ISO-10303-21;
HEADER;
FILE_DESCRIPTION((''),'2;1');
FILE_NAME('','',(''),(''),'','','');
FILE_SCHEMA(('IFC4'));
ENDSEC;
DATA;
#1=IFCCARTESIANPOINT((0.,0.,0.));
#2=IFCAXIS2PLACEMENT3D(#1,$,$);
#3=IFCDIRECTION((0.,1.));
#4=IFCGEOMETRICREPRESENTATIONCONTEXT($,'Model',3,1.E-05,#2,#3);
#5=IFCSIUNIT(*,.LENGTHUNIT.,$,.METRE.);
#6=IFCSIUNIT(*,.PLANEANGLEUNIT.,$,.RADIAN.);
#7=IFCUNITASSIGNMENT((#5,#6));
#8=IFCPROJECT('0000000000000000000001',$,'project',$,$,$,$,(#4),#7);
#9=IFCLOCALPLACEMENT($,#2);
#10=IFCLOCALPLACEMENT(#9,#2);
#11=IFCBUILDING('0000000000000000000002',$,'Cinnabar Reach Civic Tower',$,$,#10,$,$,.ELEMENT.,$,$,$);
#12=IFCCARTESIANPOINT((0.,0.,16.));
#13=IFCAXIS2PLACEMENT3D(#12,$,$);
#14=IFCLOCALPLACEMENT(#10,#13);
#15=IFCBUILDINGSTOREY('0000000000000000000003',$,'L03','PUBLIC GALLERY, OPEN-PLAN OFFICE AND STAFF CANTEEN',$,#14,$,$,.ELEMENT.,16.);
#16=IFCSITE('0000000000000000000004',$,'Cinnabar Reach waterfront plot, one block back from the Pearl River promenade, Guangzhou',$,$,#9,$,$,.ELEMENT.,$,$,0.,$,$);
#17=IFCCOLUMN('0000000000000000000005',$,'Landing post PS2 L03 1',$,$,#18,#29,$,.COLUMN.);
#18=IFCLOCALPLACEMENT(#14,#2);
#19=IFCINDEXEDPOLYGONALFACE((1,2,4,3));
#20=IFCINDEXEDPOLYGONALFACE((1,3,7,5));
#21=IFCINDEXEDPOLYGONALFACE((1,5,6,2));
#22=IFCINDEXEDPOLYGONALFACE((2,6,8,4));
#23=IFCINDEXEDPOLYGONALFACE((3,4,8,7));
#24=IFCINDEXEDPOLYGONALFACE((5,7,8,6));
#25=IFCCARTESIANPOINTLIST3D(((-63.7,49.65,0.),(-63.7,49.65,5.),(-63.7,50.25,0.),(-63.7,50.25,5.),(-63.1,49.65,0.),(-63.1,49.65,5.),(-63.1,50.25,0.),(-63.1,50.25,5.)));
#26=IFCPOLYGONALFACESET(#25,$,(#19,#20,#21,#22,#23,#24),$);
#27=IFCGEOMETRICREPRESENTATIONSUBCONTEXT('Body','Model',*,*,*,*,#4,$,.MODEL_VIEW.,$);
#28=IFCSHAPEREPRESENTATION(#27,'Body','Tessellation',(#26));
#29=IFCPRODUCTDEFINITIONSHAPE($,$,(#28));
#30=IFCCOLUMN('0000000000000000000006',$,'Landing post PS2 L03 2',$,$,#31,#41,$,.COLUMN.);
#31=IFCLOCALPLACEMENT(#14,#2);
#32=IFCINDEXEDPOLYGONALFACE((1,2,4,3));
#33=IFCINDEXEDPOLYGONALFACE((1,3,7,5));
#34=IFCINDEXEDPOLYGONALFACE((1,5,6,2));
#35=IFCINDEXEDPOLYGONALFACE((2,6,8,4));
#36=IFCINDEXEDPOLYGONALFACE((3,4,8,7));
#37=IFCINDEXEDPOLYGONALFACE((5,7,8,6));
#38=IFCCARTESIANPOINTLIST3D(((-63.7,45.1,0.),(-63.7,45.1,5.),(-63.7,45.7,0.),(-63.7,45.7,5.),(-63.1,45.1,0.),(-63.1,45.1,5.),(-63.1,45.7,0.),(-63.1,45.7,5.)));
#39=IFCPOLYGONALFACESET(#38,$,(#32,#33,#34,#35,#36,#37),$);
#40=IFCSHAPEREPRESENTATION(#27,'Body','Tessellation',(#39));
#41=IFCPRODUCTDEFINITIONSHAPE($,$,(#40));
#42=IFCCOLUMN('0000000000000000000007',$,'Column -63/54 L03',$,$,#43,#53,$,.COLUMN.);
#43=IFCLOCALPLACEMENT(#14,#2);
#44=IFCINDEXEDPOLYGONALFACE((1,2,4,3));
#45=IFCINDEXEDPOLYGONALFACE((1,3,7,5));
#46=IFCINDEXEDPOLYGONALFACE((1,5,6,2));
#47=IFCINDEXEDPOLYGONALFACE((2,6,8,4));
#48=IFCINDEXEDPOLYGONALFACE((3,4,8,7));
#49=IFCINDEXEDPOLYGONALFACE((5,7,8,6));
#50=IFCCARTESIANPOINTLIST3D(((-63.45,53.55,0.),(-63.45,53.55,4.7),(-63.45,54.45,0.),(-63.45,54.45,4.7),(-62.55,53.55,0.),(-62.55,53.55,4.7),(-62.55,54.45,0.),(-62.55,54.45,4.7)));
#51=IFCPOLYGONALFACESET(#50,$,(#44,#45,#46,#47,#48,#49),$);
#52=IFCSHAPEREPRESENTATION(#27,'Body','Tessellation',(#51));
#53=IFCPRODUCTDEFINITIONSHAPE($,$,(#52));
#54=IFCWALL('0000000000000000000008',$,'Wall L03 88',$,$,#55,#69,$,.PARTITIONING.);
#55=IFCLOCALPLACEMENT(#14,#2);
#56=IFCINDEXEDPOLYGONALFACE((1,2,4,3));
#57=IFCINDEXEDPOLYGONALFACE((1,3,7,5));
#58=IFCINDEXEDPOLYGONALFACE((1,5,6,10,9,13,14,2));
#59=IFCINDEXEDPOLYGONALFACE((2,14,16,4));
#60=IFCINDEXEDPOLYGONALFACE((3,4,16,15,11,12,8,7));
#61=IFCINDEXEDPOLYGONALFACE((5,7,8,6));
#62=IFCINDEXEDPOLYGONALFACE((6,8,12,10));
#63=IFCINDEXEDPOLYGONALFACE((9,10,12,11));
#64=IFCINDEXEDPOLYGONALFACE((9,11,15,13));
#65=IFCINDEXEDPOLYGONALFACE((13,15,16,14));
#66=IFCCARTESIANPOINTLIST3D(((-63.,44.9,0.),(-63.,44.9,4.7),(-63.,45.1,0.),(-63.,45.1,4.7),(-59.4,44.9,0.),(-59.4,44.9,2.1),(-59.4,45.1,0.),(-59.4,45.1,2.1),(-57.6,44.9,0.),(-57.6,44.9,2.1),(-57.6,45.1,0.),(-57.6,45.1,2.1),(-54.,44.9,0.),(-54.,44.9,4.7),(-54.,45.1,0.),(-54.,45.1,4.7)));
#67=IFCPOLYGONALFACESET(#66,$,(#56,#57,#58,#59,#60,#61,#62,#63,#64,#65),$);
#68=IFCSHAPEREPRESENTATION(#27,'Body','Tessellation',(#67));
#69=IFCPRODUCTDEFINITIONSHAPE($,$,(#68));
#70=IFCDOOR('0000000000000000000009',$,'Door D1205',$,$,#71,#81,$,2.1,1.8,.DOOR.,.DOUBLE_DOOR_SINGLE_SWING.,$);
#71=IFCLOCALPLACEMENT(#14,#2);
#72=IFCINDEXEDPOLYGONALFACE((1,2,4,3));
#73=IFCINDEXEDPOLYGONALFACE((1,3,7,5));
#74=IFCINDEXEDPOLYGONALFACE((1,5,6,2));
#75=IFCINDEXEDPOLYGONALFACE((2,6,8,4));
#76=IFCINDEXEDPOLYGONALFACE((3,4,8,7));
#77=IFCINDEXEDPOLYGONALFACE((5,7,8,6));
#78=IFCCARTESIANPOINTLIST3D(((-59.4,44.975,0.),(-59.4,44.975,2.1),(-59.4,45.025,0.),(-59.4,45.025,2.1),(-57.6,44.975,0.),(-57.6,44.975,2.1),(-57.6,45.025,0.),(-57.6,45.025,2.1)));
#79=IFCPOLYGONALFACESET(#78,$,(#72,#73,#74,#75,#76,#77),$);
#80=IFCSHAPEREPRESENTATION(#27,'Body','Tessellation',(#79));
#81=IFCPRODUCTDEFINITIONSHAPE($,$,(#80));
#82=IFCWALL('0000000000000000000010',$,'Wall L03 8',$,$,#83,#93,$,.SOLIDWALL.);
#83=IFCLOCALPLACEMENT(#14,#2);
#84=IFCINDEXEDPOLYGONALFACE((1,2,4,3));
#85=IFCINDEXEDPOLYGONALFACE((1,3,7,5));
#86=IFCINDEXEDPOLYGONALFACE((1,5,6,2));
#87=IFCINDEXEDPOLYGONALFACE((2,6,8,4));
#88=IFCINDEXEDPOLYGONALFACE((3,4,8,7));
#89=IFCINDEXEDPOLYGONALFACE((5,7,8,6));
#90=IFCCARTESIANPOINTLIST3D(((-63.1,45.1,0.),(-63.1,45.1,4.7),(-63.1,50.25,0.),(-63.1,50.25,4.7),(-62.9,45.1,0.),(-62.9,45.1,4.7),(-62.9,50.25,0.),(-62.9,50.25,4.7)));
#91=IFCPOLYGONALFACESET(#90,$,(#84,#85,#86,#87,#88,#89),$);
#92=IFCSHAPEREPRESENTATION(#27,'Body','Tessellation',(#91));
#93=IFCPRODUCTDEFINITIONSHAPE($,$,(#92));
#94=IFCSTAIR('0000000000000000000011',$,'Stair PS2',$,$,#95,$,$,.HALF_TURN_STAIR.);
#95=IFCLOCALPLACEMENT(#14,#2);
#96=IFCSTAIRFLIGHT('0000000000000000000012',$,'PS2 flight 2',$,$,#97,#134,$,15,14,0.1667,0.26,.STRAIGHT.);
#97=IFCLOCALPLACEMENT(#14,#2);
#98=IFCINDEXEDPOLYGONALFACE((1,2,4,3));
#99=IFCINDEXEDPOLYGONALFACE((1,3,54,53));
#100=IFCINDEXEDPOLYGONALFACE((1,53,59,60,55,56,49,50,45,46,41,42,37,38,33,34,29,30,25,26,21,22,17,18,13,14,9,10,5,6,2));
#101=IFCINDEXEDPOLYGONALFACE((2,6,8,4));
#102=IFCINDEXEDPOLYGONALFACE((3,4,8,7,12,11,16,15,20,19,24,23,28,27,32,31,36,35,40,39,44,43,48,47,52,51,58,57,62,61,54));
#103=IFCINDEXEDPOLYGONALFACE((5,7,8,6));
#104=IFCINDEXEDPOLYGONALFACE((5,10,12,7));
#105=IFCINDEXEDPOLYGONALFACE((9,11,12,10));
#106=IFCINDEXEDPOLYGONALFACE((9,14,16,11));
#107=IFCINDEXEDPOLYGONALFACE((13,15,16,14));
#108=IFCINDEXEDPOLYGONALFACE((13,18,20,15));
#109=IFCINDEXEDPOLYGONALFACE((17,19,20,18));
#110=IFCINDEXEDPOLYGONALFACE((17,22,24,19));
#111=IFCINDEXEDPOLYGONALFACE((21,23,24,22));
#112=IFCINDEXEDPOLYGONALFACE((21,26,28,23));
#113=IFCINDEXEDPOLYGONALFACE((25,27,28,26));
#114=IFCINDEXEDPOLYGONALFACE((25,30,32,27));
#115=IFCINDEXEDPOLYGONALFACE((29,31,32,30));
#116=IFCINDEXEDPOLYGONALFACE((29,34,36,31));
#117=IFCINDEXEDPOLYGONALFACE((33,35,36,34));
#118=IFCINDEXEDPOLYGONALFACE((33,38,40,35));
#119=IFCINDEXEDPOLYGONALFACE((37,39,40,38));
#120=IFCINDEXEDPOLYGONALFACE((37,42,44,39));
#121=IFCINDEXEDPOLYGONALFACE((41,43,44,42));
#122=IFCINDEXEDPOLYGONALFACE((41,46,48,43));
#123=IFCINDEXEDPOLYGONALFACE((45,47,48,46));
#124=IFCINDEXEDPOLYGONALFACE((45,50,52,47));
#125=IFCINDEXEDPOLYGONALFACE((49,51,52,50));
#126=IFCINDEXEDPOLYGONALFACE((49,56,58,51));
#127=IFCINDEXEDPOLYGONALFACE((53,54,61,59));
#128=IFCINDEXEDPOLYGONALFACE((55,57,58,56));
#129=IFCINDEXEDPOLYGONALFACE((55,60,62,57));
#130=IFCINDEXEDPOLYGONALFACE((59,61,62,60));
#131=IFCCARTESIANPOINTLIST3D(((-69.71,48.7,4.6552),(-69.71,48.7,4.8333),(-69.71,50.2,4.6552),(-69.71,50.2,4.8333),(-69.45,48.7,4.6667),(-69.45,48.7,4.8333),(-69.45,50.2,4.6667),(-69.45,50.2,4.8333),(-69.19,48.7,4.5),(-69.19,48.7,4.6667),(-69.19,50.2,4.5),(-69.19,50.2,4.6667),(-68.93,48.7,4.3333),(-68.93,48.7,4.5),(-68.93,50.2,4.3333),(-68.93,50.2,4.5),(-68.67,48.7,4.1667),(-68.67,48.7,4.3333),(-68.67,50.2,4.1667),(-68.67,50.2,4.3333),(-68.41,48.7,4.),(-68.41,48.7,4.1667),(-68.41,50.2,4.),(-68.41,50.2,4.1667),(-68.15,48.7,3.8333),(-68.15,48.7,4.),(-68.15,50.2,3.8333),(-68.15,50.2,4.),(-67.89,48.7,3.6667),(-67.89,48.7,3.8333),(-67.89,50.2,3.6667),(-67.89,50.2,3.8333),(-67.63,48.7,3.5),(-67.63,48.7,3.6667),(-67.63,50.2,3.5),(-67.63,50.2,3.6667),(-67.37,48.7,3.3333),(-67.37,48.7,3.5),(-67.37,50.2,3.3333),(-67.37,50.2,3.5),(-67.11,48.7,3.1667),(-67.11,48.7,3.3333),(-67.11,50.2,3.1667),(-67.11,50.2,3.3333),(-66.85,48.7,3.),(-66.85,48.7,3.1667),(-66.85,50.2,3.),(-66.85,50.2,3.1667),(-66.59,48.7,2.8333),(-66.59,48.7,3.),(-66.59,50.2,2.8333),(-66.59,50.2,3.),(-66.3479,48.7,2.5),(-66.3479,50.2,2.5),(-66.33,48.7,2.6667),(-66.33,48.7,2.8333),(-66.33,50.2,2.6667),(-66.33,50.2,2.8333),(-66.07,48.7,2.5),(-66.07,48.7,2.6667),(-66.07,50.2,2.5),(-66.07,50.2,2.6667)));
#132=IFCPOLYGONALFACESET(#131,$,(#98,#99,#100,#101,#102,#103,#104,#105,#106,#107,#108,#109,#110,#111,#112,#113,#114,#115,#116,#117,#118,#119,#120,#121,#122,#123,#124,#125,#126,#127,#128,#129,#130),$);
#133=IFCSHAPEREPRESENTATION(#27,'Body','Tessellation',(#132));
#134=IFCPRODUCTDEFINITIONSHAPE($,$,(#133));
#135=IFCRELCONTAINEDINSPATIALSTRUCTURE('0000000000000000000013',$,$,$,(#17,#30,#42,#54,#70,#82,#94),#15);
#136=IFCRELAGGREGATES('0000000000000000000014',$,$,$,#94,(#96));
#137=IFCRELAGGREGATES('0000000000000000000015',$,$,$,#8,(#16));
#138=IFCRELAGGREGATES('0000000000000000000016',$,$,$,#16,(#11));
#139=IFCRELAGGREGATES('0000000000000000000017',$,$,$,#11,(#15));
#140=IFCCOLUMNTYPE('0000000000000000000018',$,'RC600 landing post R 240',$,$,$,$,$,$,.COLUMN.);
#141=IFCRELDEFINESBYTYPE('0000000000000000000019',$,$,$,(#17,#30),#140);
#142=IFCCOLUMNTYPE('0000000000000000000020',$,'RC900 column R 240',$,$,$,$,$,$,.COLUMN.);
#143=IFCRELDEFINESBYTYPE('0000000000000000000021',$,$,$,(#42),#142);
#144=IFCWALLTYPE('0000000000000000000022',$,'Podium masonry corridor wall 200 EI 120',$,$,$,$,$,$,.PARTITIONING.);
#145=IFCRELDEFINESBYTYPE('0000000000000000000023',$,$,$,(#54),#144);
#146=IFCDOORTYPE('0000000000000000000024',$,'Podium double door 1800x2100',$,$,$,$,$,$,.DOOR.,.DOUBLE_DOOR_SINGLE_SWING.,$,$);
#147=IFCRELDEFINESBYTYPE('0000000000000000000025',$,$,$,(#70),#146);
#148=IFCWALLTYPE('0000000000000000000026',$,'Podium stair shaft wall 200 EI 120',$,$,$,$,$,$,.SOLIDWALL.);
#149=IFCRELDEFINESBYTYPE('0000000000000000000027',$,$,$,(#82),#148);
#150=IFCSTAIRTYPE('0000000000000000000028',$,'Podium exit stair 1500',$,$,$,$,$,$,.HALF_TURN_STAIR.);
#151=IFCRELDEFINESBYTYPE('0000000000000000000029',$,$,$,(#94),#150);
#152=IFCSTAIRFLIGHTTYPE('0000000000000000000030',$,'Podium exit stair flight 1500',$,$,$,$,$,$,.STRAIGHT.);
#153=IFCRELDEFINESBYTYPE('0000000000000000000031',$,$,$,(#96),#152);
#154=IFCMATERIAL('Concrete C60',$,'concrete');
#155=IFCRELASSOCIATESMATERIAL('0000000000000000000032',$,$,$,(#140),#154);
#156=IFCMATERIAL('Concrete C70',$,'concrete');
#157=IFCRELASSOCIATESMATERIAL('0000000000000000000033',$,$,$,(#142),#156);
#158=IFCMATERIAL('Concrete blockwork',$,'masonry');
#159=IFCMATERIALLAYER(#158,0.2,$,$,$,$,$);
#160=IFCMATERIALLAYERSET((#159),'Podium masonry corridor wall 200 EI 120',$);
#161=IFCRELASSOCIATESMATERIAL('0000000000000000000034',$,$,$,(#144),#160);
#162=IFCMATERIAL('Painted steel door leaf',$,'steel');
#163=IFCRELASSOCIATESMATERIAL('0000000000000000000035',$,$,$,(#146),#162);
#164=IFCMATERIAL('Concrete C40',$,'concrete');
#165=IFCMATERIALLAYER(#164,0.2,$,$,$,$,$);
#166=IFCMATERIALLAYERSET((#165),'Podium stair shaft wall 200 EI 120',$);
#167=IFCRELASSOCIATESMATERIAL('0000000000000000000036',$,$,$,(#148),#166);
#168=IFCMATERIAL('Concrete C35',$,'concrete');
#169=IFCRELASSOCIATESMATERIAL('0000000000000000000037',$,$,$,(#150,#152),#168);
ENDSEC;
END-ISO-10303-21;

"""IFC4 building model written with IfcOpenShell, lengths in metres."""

from ifc_helpers import new_model, si_unit, direction, frame, frame_2d, origin, origin_2d, place, context, subcontext, project, spatial, polyline, rectangle, outline, extrude, material, layer, layer_set, material_profile, profile_set, type_object, element, fill, aggregate, save


model = new_model("IFC4")

# Units and contexts
model_context = context("Model", 3, precision=1e-05, world=origin(), true_north=direction((0.0, 1.0)))
body_context = subcontext(model_context, "Body", "Model", "MODEL_VIEW")
ifc_project = project(units=[si_unit("LENGTHUNIT", "METRE"), si_unit("PLANEANGLEUNIT", "RADIAN")], contexts=[model_context])

# Site, building, storey
site_placement = place(None, origin())
site = spatial("IfcSite", under=ifc_project, at=site_placement, Name="Cinnabar Reach waterfront plot, one block back from the Pearl River promenade, Guangzhou", CompositionType="ELEMENT", RefElevation=0.0)
building_placement = place(site_placement, origin())
building = spatial("IfcBuilding", under=site, at=building_placement, Name="Cinnabar Reach Civic Tower", CompositionType="ELEMENT")
storey_placement = place(building_placement, frame((0.0, 0.0, 16.0)))
storey = spatial("IfcBuildingStorey", under=building, at=storey_placement, Name="L03", Description="PUBLIC GALLERY, OPEN-PLAN OFFICE AND STAFF CANTEEN", CompositionType="ELEMENT", Elevation=16.0)

# Columns
ifc_material_1 = material(Name="Concrete C60", Category="concrete")
ifc_material_profile_1 = material_profile(ifc_material_1, rectangle(XDim=0.6, YDim=0.6, at=origin_2d()), Name="RC600")
ifc_profile_set_1 = profile_set([ifc_material_profile_1], Name="Concrete C60")
column_type_1 = type_object("IfcColumnType", Name="RC600 landing post R 240", PredefinedType="COLUMN", material=ifc_profile_set_1)
for number, where, z_axis, x_axis, name in (
    (1, (-63.4, 49.95, 0.0), (0.0, 0.0, 1.0), (1.0, 0.0, 0.0), "Landing post PS2 L03 1"),
    (2, (-63.4, 45.4, 0.0), (0.0, 0.0, 1.0), (1.0, 0.0, 0.0), "Landing post PS2 L03 2"),
):
    element("IfcColumn", number, at=place(storey_placement, frame(where, z_axis=z_axis, x_axis=x_axis)), inside=storey, type_object=column_type_1, Name=name, PredefinedType="COLUMN", context=body_context, shape_type="SweptSolid", body=[
        extrude(rectangle(XDim=0.6, YDim=0.6, at=origin_2d()), origin(), (0.0, 0.0, 1.0), 5.0),
    ])
ifc_material_2 = material(Name="Concrete C70", Category="concrete")
ifc_material_profile_2 = material_profile(ifc_material_2, rectangle(XDim=0.9, YDim=0.9, at=origin_2d()), Name="RC900")
ifc_profile_set_2 = profile_set([ifc_material_profile_2], Name="Concrete C70")
column_type_2 = type_object("IfcColumnType", Name="RC900 column R 240", PredefinedType="COLUMN", material=ifc_profile_set_2)
column_placement = place(storey_placement, frame((-63.0, 54.0, 0.0), z_axis=(0.0, 0.0, 1.0), x_axis=(1.0, 0.0, 0.0)))
element("IfcColumn", 3, at=column_placement, inside=storey, type_object=column_type_2, Name="Column -63/54 L03", PredefinedType="COLUMN", context=body_context, shape_type="SweptSolid", body=[
    extrude(rectangle(XDim=0.9, YDim=0.9, at=origin_2d()), origin(), (0.0, 0.0, 1.0), 4.7),
])

# Wall, opening, door
ifc_material_3 = material(Name="Concrete blockwork", Category="masonry")
ifc_layer_1 = layer(ifc_material_3, 0.2)
ifc_layer_set_1 = layer_set([ifc_layer_1], Name="Podium masonry corridor wall 200 EI 120")
wall_type_1 = type_object("IfcWallType", Name="Podium masonry corridor wall 200 EI 120", PredefinedType="PARTITIONING", material=ifc_layer_set_1)
wall_1_placement = place(storey_placement, frame((-63.0, 45.0, 0.0), z_axis=(0.0, 0.0, 1.0), x_axis=(1.0, 0.0, 0.0)))
wall_1 = element("IfcWall", 4, at=wall_1_placement, inside=storey, type_object=wall_type_1, Name="Wall L03 88", PredefinedType="PARTITIONING", context=body_context, shape_type="SweptSolid", body=[
    extrude(rectangle(XDim=9.0, YDim=0.2, at=frame_2d((4.5, 0.0))), origin(), (0.0, 0.0, 1.0), 4.7),
])
opening_placement = place(wall_1_placement, frame((3.6, 0.0, 0.0)))
opening = element("IfcOpeningElement", 5, at=opening_placement, cuts=wall_1, PredefinedType="OPENING", context=body_context, shape_type="SweptSolid", body=[
    extrude(rectangle(XDim=1.8, YDim=2.1, at=frame_2d((0.9, 1.05))), frame((0.0, 0.11, 0.0), z_axis=(0.0, -1.0, 0.0), x_axis=(1.0, 0.0, 0.0)), (0.0, 0.0, 1.0), 0.22),
])
ifc_material_4 = material(Name="Painted steel door leaf", Category="steel")
door_type = type_object("IfcDoorType", Name="Podium double door 1800x2100", OperationType="DOUBLE_DOOR_SINGLE_SWING", PredefinedType="DOOR", material=ifc_material_4)
door_placement = place(opening_placement, origin())
door = element("IfcDoor", 6, at=door_placement, inside=storey, type_object=door_type, Name="Door D1205", OperationType="DOUBLE_DOOR_SINGLE_SWING", OverallHeight=2.1, OverallWidth=1.8, PredefinedType="DOOR", context=body_context, shape_type="SweptSolid", body=[
    extrude(rectangle(XDim=1.8, YDim=2.1, at=frame_2d((0.9, 1.05))), frame((0.0, 0.025, 0.0), z_axis=(0.0, -1.0, 0.0), x_axis=(1.0, 0.0, 0.0)), (0.0, 0.0, 1.0), 0.05),
])
fill(opening, door)

# Wall
ifc_material_5 = material(Name="Concrete C40", Category="concrete")
ifc_layer_2 = layer(ifc_material_5, 0.2)
ifc_layer_set_2 = layer_set([ifc_layer_2], Name="Podium stair shaft wall 200 EI 120")
wall_type_2 = type_object("IfcWallType", Name="Podium stair shaft wall 200 EI 120", PredefinedType="SOLIDWALL", material=ifc_layer_set_2)
wall_2_placement = place(storey_placement, frame((-63.0, 45.1, 0.0), z_axis=(0.0, 0.0, 1.0), x_axis=(0.0, 1.0, 0.0)))
element("IfcWall", 7, at=wall_2_placement, inside=storey, type_object=wall_type_2, Name="Wall L03 8", PredefinedType="SOLIDWALL", context=body_context, shape_type="SweptSolid", body=[
    extrude(rectangle(XDim=5.15, YDim=0.2, at=frame_2d((2.575, 0.0))), origin(), (0.0, 0.0, 1.0), 4.7),
])

# Stair, stair flight
ifc_material_6 = material(Name="Concrete C35", Category="concrete")
stair_type = type_object("IfcStairType", Name="Podium exit stair 1500", PredefinedType="HALF_TURN_STAIR", material=ifc_material_6)
stair_placement = place(storey_placement, origin())
stair = element("IfcStair", 8, at=stair_placement, inside=storey, type_object=stair_type, Name="Stair PS2", PredefinedType="HALF_TURN_STAIR")
stair_flight_type = type_object("IfcStairFlightType", Name="Podium exit stair flight 1500", PredefinedType="STRAIGHT", material=ifc_material_6)
stair_flight_placement = place(storey_placement, frame((-66.07, 49.45, 2.5), z_axis=(0.0, 0.0, 1.0), x_axis=(-1.0, 0.0, 0.0)))
stair_flight = element("IfcStairFlight", 9, at=stair_flight_placement, type_object=stair_flight_type, Name="PS2 flight 2", NumberOfRisers=15, NumberOfTreads=14, PredefinedType="STRAIGHT", RiserHeight=0.1667, TreadLength=0.26, context=body_context, shape_type="SweptSolid", body=[
    extrude(outline(polyline([(0.0, 0.0), (0.0, 0.1667), (0.26, 0.1667), (0.26, 0.3333), (0.52, 0.3333), (0.52, 0.5), (0.78, 0.5), (0.78, 0.6667), (1.04, 0.6667), (1.04, 0.8333), (1.3, 0.8333), (1.3, 1.0), (1.56, 1.0), (1.56, 1.1667), (1.82, 1.1667), (1.82, 1.3333), (2.08, 1.3333), (2.08, 1.5), (2.34, 1.5), (2.34, 1.6667), (2.6, 1.6667), (2.6, 1.8333), (2.86, 1.8333), (2.86, 2.0), (3.12, 2.0), (3.12, 2.1667), (3.38, 2.1667), (3.38, 2.3333), (3.64, 2.3333), (3.64, 2.5), (3.64, 2.1552), (0.2779, 0.0), (0.0, 0.0)])), frame((0.0, 0.75, 0.0), z_axis=(0.0, -1.0, 0.0), x_axis=(1.0, 0.0, 0.0)), (0.0, 0.0, 1.0), 1.5),
])
aggregate(stair, [stair_flight])

save(model, "model.ifc")
